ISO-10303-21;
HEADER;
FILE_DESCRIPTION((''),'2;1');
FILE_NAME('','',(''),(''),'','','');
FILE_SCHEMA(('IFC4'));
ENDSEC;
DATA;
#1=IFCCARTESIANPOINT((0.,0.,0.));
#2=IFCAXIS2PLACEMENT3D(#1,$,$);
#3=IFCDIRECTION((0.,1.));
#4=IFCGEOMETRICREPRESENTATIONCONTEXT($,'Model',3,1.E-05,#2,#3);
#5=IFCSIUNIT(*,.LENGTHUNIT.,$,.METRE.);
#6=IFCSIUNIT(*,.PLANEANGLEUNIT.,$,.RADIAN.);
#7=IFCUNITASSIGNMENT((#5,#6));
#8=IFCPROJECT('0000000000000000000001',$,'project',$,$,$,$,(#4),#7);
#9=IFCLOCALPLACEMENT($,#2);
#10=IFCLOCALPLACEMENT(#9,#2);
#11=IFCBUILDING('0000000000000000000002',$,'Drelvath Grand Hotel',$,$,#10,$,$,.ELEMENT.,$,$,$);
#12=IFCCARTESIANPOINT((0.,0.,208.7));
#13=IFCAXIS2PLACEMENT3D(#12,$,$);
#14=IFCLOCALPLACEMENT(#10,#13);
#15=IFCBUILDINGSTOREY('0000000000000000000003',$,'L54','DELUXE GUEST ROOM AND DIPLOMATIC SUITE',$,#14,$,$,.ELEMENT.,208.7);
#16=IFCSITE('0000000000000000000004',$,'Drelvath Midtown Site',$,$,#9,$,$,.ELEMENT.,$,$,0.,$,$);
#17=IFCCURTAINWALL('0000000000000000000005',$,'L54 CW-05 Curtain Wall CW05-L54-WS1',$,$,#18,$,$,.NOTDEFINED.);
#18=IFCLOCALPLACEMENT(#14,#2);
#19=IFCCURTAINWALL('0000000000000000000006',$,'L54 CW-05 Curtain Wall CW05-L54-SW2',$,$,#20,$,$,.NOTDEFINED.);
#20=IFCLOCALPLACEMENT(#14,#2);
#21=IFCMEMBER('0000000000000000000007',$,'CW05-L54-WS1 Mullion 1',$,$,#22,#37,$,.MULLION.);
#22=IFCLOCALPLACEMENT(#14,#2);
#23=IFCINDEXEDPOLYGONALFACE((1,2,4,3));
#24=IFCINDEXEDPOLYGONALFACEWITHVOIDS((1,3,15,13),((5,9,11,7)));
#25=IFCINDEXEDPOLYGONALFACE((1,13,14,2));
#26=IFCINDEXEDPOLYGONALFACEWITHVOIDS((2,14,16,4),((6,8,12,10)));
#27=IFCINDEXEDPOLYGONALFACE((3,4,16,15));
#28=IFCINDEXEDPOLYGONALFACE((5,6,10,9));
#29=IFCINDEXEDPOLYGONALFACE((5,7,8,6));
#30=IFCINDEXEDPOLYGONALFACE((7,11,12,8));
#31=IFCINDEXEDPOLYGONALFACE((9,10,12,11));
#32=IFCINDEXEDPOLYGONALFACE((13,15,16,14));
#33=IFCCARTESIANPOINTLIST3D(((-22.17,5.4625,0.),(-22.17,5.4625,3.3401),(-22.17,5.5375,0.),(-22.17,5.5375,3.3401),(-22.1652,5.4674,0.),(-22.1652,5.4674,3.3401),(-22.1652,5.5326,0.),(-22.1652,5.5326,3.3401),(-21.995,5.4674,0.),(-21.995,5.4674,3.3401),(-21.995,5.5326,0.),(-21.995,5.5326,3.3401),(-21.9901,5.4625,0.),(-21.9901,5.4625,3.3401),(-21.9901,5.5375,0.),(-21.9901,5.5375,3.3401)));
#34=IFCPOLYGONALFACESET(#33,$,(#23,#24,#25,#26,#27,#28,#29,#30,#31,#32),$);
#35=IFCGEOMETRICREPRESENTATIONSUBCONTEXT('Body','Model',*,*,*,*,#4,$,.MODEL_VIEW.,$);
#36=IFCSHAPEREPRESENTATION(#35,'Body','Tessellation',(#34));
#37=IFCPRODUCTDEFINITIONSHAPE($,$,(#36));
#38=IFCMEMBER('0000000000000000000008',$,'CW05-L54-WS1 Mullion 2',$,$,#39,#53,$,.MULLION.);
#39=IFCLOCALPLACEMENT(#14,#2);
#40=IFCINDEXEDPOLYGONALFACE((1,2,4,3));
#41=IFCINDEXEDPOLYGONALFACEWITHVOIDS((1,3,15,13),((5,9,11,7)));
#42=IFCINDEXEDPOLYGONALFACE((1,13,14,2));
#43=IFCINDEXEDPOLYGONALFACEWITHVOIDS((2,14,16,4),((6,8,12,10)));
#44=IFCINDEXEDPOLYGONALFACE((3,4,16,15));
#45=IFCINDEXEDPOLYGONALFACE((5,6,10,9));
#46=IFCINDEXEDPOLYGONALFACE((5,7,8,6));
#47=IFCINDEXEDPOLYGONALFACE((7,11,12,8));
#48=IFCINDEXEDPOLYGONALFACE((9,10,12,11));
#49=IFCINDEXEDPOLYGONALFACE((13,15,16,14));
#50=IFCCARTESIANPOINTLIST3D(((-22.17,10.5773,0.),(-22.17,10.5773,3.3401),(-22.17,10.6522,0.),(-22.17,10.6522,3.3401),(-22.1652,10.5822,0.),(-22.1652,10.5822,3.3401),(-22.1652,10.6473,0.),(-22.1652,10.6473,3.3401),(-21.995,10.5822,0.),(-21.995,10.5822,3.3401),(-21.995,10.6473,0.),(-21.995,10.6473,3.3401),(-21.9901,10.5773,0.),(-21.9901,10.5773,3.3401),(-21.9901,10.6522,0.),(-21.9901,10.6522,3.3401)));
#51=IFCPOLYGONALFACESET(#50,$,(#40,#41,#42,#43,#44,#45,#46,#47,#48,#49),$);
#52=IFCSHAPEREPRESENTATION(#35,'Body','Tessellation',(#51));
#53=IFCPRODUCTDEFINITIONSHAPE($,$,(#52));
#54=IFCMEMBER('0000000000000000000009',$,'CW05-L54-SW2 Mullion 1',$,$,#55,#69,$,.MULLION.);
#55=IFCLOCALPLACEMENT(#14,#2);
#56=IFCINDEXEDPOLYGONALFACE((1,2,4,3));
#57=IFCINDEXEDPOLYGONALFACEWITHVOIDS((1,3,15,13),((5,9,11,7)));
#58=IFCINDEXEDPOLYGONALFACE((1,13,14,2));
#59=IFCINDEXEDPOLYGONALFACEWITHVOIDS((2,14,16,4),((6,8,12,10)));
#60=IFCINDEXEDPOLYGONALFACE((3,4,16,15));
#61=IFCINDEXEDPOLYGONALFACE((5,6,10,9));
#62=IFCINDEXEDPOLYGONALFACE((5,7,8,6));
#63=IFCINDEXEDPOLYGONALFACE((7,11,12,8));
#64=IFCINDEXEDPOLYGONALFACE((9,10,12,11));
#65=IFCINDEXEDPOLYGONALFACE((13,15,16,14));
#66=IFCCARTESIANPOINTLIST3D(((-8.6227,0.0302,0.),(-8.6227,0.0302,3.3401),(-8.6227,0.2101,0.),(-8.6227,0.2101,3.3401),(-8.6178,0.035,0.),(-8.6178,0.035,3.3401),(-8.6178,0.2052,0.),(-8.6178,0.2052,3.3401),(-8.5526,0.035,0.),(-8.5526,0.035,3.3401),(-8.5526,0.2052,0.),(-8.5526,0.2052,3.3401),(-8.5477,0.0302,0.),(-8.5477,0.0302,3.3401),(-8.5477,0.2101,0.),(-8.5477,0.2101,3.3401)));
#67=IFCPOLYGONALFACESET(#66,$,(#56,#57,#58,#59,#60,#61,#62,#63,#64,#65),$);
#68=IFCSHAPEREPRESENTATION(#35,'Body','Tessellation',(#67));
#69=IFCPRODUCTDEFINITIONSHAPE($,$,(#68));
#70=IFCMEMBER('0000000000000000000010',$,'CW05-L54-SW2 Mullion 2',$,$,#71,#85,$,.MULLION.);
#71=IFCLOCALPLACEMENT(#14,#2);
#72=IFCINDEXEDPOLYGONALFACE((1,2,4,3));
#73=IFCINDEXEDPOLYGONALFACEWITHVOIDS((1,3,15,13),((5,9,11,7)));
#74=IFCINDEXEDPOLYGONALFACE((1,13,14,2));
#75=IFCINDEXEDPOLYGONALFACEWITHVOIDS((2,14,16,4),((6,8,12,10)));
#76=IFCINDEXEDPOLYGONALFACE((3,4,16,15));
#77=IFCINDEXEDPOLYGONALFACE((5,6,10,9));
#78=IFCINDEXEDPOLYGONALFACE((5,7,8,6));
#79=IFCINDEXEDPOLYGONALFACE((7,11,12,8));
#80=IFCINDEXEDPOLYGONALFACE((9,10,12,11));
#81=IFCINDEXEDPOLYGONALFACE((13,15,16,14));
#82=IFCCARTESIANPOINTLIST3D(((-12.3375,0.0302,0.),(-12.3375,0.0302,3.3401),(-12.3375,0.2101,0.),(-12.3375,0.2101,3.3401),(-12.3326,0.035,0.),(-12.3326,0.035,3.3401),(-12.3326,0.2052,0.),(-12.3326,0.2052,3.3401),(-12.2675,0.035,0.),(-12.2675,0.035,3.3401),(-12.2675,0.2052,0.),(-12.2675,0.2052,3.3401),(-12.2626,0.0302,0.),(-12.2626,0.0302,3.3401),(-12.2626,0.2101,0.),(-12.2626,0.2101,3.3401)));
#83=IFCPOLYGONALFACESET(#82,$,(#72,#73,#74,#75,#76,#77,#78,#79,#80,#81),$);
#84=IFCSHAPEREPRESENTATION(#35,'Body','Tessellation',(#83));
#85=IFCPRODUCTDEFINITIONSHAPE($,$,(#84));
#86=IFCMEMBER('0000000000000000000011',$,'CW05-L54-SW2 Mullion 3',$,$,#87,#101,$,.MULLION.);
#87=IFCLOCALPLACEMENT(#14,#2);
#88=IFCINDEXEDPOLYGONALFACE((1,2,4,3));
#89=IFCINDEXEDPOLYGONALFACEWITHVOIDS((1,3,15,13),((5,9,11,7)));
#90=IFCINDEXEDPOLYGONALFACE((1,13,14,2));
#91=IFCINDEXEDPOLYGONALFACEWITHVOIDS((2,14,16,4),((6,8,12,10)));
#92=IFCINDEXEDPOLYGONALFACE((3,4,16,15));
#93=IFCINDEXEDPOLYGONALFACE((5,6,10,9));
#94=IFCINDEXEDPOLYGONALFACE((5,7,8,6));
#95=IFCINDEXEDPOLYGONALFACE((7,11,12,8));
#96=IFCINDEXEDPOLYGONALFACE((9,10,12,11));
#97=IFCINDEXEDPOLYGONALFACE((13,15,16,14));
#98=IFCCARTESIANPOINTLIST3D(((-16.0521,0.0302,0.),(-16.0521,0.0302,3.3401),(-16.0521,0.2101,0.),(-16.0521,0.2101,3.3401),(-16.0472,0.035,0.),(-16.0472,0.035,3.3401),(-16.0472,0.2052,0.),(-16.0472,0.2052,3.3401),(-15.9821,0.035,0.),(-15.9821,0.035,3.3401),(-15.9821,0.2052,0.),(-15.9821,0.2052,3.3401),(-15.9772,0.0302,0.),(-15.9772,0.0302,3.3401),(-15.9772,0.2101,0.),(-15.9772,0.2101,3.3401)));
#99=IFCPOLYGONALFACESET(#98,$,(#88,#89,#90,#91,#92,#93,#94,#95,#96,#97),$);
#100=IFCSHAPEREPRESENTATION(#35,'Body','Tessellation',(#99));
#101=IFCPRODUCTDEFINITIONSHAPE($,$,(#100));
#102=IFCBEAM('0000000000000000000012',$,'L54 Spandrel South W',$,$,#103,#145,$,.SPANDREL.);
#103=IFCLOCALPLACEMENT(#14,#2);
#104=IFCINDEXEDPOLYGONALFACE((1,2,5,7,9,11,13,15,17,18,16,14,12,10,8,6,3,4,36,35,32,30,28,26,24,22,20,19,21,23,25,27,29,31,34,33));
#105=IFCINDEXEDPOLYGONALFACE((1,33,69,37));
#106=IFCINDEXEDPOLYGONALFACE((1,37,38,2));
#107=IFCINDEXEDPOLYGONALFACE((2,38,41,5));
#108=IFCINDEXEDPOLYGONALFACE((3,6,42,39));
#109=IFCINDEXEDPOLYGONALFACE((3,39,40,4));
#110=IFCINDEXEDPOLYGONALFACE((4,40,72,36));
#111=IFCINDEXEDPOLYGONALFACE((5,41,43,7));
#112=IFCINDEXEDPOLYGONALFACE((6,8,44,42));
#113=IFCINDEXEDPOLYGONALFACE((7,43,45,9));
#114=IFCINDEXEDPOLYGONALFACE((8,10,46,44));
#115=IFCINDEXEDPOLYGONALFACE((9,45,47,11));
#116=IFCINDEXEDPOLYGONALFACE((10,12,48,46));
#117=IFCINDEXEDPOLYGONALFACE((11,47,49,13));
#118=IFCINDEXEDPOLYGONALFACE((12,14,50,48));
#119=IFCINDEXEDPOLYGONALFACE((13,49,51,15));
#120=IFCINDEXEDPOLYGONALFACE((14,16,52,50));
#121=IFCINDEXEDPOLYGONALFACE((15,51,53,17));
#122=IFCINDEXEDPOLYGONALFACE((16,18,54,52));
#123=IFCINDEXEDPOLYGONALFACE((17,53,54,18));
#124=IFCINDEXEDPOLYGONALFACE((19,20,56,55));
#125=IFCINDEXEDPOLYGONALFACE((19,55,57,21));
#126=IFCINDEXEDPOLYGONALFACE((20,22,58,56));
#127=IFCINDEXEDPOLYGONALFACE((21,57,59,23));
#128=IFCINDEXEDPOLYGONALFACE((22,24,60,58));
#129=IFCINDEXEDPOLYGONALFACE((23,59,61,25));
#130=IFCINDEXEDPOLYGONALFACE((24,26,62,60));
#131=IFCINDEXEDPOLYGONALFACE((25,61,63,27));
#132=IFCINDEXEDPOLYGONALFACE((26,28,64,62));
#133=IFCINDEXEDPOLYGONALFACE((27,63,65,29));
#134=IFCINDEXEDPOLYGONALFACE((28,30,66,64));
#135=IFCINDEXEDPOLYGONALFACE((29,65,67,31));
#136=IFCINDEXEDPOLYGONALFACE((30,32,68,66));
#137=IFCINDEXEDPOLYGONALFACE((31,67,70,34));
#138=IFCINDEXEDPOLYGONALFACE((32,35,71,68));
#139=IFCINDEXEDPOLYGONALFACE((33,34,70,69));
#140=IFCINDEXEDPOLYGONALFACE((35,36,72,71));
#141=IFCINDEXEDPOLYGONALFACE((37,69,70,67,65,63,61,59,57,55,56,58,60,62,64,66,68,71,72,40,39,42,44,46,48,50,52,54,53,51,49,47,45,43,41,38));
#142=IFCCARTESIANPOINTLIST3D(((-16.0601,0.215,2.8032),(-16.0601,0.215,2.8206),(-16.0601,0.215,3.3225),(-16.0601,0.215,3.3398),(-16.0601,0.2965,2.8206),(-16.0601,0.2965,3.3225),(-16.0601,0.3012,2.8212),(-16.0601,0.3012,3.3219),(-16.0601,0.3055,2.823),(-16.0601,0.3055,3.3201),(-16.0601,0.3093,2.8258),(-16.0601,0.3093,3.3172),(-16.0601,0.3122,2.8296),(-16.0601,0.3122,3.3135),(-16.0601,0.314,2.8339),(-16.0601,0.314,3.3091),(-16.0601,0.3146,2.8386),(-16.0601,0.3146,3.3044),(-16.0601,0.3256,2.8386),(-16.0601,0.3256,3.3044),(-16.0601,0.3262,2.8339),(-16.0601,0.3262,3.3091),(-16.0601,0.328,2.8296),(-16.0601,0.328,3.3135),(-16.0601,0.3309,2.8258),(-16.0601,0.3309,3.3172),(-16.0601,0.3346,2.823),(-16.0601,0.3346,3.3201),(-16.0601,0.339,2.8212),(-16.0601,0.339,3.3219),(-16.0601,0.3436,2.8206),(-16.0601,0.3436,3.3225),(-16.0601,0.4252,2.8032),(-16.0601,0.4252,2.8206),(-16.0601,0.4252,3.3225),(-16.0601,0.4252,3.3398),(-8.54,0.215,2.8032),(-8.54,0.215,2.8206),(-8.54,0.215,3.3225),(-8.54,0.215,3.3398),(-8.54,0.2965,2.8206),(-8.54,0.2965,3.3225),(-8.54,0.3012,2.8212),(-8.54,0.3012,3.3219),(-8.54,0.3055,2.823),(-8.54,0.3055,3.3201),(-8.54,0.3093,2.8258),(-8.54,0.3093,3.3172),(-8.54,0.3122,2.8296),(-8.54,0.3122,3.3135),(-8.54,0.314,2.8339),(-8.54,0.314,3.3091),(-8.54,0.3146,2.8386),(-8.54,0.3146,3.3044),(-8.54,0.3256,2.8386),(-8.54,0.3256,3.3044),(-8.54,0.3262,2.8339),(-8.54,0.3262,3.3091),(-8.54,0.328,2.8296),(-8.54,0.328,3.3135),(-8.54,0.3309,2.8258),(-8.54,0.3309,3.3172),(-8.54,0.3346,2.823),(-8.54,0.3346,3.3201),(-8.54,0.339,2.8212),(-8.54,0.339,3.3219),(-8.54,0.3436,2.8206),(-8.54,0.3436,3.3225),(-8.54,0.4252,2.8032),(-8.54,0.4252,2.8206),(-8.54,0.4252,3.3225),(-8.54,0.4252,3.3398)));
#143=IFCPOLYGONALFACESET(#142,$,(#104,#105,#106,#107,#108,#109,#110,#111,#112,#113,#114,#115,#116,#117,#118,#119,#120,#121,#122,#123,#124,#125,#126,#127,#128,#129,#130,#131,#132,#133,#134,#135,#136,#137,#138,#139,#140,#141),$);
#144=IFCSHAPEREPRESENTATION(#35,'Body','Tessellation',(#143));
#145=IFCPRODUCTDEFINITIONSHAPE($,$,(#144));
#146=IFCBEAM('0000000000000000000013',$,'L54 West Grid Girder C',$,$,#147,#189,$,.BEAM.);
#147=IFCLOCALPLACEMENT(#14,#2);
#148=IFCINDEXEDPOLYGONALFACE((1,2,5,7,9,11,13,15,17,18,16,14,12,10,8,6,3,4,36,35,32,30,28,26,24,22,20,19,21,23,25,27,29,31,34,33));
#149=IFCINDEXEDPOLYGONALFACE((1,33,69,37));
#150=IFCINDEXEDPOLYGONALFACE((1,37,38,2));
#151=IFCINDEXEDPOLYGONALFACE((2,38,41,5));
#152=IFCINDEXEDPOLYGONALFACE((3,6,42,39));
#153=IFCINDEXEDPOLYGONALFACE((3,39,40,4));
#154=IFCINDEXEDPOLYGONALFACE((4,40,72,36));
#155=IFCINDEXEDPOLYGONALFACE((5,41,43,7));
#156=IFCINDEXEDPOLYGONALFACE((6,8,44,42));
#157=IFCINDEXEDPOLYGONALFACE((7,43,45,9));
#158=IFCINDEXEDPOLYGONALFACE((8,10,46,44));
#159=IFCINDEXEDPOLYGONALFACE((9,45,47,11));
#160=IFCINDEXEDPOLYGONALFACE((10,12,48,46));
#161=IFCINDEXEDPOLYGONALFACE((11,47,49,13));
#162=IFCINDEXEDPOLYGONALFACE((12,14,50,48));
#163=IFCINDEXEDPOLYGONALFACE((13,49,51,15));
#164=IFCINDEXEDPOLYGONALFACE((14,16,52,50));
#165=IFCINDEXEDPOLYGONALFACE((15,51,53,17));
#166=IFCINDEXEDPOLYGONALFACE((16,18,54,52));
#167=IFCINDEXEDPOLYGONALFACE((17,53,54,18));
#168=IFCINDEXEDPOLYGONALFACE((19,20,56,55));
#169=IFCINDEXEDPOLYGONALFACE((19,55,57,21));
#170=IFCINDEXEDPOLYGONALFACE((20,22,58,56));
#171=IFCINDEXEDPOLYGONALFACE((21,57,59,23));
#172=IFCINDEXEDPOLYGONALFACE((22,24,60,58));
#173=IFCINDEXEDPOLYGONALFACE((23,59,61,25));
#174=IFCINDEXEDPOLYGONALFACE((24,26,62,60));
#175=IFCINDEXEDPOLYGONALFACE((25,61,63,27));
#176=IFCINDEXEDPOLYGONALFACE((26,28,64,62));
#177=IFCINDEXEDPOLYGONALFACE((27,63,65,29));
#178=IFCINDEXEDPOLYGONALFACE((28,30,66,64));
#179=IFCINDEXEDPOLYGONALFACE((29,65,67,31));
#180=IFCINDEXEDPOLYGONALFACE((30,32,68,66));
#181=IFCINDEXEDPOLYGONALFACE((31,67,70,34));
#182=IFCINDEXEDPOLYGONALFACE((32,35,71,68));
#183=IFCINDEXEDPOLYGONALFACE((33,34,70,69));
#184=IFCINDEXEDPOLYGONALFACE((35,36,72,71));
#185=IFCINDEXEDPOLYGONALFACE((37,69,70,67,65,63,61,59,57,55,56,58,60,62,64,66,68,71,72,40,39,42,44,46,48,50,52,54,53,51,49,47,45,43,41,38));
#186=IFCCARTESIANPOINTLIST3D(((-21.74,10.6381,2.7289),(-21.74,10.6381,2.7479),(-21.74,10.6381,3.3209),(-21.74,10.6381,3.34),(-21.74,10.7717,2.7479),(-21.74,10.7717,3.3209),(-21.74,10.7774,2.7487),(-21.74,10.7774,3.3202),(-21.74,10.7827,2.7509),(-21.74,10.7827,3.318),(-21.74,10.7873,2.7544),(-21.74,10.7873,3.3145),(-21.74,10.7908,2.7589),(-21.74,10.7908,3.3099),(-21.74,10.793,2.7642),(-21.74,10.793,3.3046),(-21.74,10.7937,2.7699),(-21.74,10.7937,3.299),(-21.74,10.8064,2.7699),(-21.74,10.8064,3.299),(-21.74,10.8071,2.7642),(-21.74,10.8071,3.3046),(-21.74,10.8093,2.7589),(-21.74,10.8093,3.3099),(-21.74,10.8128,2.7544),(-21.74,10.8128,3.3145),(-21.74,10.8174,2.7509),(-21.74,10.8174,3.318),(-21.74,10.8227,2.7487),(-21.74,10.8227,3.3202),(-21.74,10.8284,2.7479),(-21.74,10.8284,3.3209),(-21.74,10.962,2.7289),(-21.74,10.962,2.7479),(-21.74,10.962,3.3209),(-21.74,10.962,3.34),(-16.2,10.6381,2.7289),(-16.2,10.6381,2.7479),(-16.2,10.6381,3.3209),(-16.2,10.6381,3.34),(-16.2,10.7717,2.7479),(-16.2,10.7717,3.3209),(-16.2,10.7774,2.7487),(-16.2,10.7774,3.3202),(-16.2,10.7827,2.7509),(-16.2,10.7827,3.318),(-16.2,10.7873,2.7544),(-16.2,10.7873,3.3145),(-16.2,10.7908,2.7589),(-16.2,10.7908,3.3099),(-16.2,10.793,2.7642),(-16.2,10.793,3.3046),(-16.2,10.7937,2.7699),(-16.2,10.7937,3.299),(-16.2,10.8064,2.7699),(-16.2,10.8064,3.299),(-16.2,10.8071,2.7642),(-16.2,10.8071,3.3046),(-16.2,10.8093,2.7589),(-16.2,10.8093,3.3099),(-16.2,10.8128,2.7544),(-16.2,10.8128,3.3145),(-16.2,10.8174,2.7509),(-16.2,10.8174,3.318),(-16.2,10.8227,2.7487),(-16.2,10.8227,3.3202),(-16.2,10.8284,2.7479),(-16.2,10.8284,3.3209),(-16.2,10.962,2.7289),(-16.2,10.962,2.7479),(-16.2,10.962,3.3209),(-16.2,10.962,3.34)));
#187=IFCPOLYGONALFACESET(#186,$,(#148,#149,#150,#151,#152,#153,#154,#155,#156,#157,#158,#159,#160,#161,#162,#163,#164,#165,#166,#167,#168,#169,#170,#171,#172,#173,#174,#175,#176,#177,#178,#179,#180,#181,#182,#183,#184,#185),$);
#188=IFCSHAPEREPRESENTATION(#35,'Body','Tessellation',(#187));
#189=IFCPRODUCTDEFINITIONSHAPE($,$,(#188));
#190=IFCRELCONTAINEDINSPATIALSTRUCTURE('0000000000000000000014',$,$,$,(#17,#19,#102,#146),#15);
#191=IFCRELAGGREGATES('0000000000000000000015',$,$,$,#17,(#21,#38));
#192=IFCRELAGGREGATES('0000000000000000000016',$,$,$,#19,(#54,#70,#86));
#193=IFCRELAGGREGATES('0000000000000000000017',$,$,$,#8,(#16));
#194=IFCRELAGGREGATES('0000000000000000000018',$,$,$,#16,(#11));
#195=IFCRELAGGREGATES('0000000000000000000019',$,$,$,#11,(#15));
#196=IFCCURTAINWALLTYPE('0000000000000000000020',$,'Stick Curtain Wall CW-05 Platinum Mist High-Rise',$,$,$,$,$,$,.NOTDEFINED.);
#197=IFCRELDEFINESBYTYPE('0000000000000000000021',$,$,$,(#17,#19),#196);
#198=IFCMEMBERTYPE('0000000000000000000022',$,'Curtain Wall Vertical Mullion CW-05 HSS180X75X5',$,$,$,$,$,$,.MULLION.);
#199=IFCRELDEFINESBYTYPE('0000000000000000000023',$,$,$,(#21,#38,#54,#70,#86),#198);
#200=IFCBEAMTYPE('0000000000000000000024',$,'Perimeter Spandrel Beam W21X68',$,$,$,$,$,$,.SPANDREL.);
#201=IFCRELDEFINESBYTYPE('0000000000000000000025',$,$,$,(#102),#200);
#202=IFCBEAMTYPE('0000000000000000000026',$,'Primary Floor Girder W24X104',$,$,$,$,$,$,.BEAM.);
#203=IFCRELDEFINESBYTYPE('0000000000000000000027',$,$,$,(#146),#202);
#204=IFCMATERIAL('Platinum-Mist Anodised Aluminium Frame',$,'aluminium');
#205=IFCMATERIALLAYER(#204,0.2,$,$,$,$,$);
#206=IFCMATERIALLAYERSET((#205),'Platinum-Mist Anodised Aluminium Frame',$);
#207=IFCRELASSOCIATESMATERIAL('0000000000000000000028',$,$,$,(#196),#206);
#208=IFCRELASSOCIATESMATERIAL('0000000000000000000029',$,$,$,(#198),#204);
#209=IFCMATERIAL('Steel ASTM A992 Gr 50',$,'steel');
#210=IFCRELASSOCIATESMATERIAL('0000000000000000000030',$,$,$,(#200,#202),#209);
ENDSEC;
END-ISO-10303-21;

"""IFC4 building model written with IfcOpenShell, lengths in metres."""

from ifc_helpers import new_model, si_unit, direction, frame, origin, origin_2d, place, context, subcontext, project, spatial, hollow_rectangle, i_section, extrude, material, layer, layer_set, material_profile, profile_set, type_object, element, aggregate, save


model = new_model("IFC4")

# Units and contexts
model_context = context("Model", 3, precision=1e-05, world=origin(), true_north=direction((0.0, 1.0)))
body_context = subcontext(model_context, "Body", "Model", "MODEL_VIEW")
ifc_project = project(units=[si_unit("LENGTHUNIT", "METRE"), si_unit("PLANEANGLEUNIT", "RADIAN")], contexts=[model_context])

# Site, building, storey
site_placement = place(None, origin())
site = spatial("IfcSite", under=ifc_project, at=site_placement, Name="Drelvath Midtown Site", CompositionType="ELEMENT", RefElevation=0.0)
building_placement = place(site_placement, origin())
building = spatial("IfcBuilding", under=site, at=building_placement, Name="Drelvath Grand Hotel", CompositionType="ELEMENT")
storey_placement = place(building_placement, frame((0.0, 0.0, 208.7)))
storey = spatial("IfcBuildingStorey", under=building, at=storey_placement, Name="L54", Description="DELUXE GUEST ROOM AND DIPLOMATIC SUITE", CompositionType="ELEMENT", Elevation=208.7)

# Curtain walls
ifc_material_1 = material(Name="Platinum-Mist Anodised Aluminium Frame", Category="aluminium")
ifc_layer_1 = layer(ifc_material_1, 0.2)
ifc_layer_set_1 = layer_set([ifc_layer_1], Name="Platinum-Mist Anodised Aluminium Frame")
curtain_wall_type = type_object("IfcCurtainWallType", Name="Stick Curtain Wall CW-05 Platinum Mist High-Rise", PredefinedType="NOTDEFINED", material=ifc_layer_set_1)
curtain_wall_1_placement = place(storey_placement, origin())
curtain_wall_1 = element("IfcCurtainWall", 1, at=curtain_wall_1_placement, inside=storey, type_object=curtain_wall_type, Name="L54 CW-05 Curtain Wall CW05-L54-WS1", PredefinedType="NOTDEFINED")
curtain_wall_2_placement = place(storey_placement, origin())
curtain_wall_2 = element("IfcCurtainWall", 2, at=curtain_wall_2_placement, inside=storey, type_object=curtain_wall_type, Name="L54 CW-05 Curtain Wall CW05-L54-SW2", PredefinedType="NOTDEFINED")

# Members
ifc_material_profile_1 = material_profile(ifc_material_1, hollow_rectangle(XDim=0.075, YDim=0.1799, WallThickness=0.0049, at=origin_2d()), Name="HSS180X75X5")
ifc_profile_set_1 = profile_set([ifc_material_profile_1], Name="Platinum-Mist Anodised Aluminium Frame")
member_type_1 = type_object("IfcMemberType", Name="Curtain Wall Vertical Mullion CW-05 HSS180X75X5", PredefinedType="MULLION", material=ifc_profile_set_1)
member_1_placement = place(storey_placement, frame((-22.0801, 5.5, 0.0), z_axis=(0.0, 0.0, 1.0), x_axis=(0.0, 1.0, 0.0)))
member_1 = element("IfcMember", 3, at=member_1_placement, type_object=member_type_1, Name="CW05-L54-WS1 Mullion 1", PredefinedType="MULLION", context=body_context, shape_type="SweptSolid", body=[
    extrude(hollow_rectangle(XDim=0.075, YDim=0.1799, WallThickness=0.0049, at=origin_2d()), origin(), (0.0, 0.0, 1.0), 3.3401),
])
member_2_placement = place(storey_placement, frame((-22.0801, 10.6147, 0.0), z_axis=(0.0, 0.0, 1.0), x_axis=(0.0, 1.0, 0.0)))
member_2 = element("IfcMember", 4, at=member_2_placement, type_object=member_type_1, Name="CW05-L54-WS1 Mullion 2", PredefinedType="MULLION", context=body_context, shape_type="SweptSolid", body=[
    extrude(hollow_rectangle(XDim=0.075, YDim=0.1799, WallThickness=0.0049, at=origin_2d()), origin(), (0.0, 0.0, 1.0), 3.3401),
])
member_3_placement = place(storey_placement, frame((-8.5852, 0.1201, 0.0), z_axis=(0.0, 0.0, 1.0), x_axis=(1.0, 0.0, 0.0)))
member_3 = element("IfcMember", 5, at=member_3_placement, type_object=member_type_1, Name="CW05-L54-SW2 Mullion 1", PredefinedType="MULLION", context=body_context, shape_type="SweptSolid", body=[
    extrude(hollow_rectangle(XDim=0.075, YDim=0.1799, WallThickness=0.0049, at=origin_2d()), origin(), (0.0, 0.0, 1.0), 3.3401),
])
member_4_placement = place(storey_placement, frame((-12.3, 0.1201, 0.0), z_axis=(0.0, 0.0, 1.0), x_axis=(1.0, 0.0, 0.0)))
member_4 = element("IfcMember", 6, at=member_4_placement, type_object=member_type_1, Name="CW05-L54-SW2 Mullion 2", PredefinedType="MULLION", context=body_context, shape_type="SweptSolid", body=[
    extrude(hollow_rectangle(XDim=0.075, YDim=0.1799, WallThickness=0.0049, at=origin_2d()), origin(), (0.0, 0.0, 1.0), 3.3401),
])
member_5_placement = place(storey_placement, frame((-16.0146, 0.1201, 0.0), z_axis=(0.0, 0.0, 1.0), x_axis=(1.0, 0.0, 0.0)))
member_5 = element("IfcMember", 7, at=member_5_placement, type_object=member_type_1, Name="CW05-L54-SW2 Mullion 3", PredefinedType="MULLION", context=body_context, shape_type="SweptSolid", body=[
    extrude(hollow_rectangle(XDim=0.075, YDim=0.1799, WallThickness=0.0049, at=origin_2d()), origin(), (0.0, 0.0, 1.0), 3.3401),
])

# Beams
ifc_material_2 = material(Name="Steel ASTM A992 Gr 50", Category="steel")
ifc_material_profile_2 = material_profile(ifc_material_2, i_section(OverallWidth=0.2102, OverallDepth=0.5366, WebThickness=0.011, FlangeThickness=0.0173, FilletRadius=0.0181, at=origin_2d()), Name="W21X68")
ifc_profile_set_2 = profile_set([ifc_material_profile_2], Name="Steel ASTM A992 Gr 50")
beam_type_1 = type_object("IfcBeamType", Name="Perimeter Spandrel Beam W21X68", PredefinedType="SPANDREL", material=ifc_profile_set_2)
beam_1_placement = place(storey_placement, frame((-16.0601, 0.3201, 3.0715), z_axis=(1.0, 0.0, 0.0), x_axis=(0.0, 1.0, 0.0)))
element("IfcBeam", 8, at=beam_1_placement, inside=storey, type_object=beam_type_1, Name="L54 Spandrel South W", PredefinedType="SPANDREL", context=body_context, shape_type="SweptSolid", body=[
    extrude(i_section(OverallWidth=0.2102, OverallDepth=0.5366, WebThickness=0.011, FlangeThickness=0.0173, FilletRadius=0.0181, at=origin_2d()), origin(), (0.0, 0.0, 1.0), 7.52),
])
ifc_material_profile_3 = material_profile(ifc_material_2, i_section(OverallWidth=0.324, OverallDepth=0.6111, WebThickness=0.0127, FlangeThickness=0.019, FilletRadius=0.022, at=origin_2d()), Name="W24X104")
ifc_profile_set_3 = profile_set([ifc_material_profile_3], Name="Steel ASTM A992 Gr 50")
beam_type_2 = type_object("IfcBeamType", Name="Primary Floor Girder W24X104", PredefinedType="BEAM", material=ifc_profile_set_3)
beam_2_placement = place(storey_placement, frame((-21.74, 10.8, 3.0344), z_axis=(1.0, 0.0, 0.0), x_axis=(0.0, 1.0, 0.0)))
element("IfcBeam", 9, at=beam_2_placement, inside=storey, type_object=beam_type_2, Name="L54 West Grid Girder C", PredefinedType="BEAM", context=body_context, shape_type="SweptSolid", body=[
    extrude(i_section(OverallWidth=0.324, OverallDepth=0.6111, WebThickness=0.0127, FlangeThickness=0.019, FilletRadius=0.022, at=origin_2d()), origin(), (0.0, 0.0, 1.0), 5.54),
])

aggregate(curtain_wall_1, [member_1, member_2])
aggregate(curtain_wall_2, [member_3, member_4, member_5])

save(model, "model.ifc")
